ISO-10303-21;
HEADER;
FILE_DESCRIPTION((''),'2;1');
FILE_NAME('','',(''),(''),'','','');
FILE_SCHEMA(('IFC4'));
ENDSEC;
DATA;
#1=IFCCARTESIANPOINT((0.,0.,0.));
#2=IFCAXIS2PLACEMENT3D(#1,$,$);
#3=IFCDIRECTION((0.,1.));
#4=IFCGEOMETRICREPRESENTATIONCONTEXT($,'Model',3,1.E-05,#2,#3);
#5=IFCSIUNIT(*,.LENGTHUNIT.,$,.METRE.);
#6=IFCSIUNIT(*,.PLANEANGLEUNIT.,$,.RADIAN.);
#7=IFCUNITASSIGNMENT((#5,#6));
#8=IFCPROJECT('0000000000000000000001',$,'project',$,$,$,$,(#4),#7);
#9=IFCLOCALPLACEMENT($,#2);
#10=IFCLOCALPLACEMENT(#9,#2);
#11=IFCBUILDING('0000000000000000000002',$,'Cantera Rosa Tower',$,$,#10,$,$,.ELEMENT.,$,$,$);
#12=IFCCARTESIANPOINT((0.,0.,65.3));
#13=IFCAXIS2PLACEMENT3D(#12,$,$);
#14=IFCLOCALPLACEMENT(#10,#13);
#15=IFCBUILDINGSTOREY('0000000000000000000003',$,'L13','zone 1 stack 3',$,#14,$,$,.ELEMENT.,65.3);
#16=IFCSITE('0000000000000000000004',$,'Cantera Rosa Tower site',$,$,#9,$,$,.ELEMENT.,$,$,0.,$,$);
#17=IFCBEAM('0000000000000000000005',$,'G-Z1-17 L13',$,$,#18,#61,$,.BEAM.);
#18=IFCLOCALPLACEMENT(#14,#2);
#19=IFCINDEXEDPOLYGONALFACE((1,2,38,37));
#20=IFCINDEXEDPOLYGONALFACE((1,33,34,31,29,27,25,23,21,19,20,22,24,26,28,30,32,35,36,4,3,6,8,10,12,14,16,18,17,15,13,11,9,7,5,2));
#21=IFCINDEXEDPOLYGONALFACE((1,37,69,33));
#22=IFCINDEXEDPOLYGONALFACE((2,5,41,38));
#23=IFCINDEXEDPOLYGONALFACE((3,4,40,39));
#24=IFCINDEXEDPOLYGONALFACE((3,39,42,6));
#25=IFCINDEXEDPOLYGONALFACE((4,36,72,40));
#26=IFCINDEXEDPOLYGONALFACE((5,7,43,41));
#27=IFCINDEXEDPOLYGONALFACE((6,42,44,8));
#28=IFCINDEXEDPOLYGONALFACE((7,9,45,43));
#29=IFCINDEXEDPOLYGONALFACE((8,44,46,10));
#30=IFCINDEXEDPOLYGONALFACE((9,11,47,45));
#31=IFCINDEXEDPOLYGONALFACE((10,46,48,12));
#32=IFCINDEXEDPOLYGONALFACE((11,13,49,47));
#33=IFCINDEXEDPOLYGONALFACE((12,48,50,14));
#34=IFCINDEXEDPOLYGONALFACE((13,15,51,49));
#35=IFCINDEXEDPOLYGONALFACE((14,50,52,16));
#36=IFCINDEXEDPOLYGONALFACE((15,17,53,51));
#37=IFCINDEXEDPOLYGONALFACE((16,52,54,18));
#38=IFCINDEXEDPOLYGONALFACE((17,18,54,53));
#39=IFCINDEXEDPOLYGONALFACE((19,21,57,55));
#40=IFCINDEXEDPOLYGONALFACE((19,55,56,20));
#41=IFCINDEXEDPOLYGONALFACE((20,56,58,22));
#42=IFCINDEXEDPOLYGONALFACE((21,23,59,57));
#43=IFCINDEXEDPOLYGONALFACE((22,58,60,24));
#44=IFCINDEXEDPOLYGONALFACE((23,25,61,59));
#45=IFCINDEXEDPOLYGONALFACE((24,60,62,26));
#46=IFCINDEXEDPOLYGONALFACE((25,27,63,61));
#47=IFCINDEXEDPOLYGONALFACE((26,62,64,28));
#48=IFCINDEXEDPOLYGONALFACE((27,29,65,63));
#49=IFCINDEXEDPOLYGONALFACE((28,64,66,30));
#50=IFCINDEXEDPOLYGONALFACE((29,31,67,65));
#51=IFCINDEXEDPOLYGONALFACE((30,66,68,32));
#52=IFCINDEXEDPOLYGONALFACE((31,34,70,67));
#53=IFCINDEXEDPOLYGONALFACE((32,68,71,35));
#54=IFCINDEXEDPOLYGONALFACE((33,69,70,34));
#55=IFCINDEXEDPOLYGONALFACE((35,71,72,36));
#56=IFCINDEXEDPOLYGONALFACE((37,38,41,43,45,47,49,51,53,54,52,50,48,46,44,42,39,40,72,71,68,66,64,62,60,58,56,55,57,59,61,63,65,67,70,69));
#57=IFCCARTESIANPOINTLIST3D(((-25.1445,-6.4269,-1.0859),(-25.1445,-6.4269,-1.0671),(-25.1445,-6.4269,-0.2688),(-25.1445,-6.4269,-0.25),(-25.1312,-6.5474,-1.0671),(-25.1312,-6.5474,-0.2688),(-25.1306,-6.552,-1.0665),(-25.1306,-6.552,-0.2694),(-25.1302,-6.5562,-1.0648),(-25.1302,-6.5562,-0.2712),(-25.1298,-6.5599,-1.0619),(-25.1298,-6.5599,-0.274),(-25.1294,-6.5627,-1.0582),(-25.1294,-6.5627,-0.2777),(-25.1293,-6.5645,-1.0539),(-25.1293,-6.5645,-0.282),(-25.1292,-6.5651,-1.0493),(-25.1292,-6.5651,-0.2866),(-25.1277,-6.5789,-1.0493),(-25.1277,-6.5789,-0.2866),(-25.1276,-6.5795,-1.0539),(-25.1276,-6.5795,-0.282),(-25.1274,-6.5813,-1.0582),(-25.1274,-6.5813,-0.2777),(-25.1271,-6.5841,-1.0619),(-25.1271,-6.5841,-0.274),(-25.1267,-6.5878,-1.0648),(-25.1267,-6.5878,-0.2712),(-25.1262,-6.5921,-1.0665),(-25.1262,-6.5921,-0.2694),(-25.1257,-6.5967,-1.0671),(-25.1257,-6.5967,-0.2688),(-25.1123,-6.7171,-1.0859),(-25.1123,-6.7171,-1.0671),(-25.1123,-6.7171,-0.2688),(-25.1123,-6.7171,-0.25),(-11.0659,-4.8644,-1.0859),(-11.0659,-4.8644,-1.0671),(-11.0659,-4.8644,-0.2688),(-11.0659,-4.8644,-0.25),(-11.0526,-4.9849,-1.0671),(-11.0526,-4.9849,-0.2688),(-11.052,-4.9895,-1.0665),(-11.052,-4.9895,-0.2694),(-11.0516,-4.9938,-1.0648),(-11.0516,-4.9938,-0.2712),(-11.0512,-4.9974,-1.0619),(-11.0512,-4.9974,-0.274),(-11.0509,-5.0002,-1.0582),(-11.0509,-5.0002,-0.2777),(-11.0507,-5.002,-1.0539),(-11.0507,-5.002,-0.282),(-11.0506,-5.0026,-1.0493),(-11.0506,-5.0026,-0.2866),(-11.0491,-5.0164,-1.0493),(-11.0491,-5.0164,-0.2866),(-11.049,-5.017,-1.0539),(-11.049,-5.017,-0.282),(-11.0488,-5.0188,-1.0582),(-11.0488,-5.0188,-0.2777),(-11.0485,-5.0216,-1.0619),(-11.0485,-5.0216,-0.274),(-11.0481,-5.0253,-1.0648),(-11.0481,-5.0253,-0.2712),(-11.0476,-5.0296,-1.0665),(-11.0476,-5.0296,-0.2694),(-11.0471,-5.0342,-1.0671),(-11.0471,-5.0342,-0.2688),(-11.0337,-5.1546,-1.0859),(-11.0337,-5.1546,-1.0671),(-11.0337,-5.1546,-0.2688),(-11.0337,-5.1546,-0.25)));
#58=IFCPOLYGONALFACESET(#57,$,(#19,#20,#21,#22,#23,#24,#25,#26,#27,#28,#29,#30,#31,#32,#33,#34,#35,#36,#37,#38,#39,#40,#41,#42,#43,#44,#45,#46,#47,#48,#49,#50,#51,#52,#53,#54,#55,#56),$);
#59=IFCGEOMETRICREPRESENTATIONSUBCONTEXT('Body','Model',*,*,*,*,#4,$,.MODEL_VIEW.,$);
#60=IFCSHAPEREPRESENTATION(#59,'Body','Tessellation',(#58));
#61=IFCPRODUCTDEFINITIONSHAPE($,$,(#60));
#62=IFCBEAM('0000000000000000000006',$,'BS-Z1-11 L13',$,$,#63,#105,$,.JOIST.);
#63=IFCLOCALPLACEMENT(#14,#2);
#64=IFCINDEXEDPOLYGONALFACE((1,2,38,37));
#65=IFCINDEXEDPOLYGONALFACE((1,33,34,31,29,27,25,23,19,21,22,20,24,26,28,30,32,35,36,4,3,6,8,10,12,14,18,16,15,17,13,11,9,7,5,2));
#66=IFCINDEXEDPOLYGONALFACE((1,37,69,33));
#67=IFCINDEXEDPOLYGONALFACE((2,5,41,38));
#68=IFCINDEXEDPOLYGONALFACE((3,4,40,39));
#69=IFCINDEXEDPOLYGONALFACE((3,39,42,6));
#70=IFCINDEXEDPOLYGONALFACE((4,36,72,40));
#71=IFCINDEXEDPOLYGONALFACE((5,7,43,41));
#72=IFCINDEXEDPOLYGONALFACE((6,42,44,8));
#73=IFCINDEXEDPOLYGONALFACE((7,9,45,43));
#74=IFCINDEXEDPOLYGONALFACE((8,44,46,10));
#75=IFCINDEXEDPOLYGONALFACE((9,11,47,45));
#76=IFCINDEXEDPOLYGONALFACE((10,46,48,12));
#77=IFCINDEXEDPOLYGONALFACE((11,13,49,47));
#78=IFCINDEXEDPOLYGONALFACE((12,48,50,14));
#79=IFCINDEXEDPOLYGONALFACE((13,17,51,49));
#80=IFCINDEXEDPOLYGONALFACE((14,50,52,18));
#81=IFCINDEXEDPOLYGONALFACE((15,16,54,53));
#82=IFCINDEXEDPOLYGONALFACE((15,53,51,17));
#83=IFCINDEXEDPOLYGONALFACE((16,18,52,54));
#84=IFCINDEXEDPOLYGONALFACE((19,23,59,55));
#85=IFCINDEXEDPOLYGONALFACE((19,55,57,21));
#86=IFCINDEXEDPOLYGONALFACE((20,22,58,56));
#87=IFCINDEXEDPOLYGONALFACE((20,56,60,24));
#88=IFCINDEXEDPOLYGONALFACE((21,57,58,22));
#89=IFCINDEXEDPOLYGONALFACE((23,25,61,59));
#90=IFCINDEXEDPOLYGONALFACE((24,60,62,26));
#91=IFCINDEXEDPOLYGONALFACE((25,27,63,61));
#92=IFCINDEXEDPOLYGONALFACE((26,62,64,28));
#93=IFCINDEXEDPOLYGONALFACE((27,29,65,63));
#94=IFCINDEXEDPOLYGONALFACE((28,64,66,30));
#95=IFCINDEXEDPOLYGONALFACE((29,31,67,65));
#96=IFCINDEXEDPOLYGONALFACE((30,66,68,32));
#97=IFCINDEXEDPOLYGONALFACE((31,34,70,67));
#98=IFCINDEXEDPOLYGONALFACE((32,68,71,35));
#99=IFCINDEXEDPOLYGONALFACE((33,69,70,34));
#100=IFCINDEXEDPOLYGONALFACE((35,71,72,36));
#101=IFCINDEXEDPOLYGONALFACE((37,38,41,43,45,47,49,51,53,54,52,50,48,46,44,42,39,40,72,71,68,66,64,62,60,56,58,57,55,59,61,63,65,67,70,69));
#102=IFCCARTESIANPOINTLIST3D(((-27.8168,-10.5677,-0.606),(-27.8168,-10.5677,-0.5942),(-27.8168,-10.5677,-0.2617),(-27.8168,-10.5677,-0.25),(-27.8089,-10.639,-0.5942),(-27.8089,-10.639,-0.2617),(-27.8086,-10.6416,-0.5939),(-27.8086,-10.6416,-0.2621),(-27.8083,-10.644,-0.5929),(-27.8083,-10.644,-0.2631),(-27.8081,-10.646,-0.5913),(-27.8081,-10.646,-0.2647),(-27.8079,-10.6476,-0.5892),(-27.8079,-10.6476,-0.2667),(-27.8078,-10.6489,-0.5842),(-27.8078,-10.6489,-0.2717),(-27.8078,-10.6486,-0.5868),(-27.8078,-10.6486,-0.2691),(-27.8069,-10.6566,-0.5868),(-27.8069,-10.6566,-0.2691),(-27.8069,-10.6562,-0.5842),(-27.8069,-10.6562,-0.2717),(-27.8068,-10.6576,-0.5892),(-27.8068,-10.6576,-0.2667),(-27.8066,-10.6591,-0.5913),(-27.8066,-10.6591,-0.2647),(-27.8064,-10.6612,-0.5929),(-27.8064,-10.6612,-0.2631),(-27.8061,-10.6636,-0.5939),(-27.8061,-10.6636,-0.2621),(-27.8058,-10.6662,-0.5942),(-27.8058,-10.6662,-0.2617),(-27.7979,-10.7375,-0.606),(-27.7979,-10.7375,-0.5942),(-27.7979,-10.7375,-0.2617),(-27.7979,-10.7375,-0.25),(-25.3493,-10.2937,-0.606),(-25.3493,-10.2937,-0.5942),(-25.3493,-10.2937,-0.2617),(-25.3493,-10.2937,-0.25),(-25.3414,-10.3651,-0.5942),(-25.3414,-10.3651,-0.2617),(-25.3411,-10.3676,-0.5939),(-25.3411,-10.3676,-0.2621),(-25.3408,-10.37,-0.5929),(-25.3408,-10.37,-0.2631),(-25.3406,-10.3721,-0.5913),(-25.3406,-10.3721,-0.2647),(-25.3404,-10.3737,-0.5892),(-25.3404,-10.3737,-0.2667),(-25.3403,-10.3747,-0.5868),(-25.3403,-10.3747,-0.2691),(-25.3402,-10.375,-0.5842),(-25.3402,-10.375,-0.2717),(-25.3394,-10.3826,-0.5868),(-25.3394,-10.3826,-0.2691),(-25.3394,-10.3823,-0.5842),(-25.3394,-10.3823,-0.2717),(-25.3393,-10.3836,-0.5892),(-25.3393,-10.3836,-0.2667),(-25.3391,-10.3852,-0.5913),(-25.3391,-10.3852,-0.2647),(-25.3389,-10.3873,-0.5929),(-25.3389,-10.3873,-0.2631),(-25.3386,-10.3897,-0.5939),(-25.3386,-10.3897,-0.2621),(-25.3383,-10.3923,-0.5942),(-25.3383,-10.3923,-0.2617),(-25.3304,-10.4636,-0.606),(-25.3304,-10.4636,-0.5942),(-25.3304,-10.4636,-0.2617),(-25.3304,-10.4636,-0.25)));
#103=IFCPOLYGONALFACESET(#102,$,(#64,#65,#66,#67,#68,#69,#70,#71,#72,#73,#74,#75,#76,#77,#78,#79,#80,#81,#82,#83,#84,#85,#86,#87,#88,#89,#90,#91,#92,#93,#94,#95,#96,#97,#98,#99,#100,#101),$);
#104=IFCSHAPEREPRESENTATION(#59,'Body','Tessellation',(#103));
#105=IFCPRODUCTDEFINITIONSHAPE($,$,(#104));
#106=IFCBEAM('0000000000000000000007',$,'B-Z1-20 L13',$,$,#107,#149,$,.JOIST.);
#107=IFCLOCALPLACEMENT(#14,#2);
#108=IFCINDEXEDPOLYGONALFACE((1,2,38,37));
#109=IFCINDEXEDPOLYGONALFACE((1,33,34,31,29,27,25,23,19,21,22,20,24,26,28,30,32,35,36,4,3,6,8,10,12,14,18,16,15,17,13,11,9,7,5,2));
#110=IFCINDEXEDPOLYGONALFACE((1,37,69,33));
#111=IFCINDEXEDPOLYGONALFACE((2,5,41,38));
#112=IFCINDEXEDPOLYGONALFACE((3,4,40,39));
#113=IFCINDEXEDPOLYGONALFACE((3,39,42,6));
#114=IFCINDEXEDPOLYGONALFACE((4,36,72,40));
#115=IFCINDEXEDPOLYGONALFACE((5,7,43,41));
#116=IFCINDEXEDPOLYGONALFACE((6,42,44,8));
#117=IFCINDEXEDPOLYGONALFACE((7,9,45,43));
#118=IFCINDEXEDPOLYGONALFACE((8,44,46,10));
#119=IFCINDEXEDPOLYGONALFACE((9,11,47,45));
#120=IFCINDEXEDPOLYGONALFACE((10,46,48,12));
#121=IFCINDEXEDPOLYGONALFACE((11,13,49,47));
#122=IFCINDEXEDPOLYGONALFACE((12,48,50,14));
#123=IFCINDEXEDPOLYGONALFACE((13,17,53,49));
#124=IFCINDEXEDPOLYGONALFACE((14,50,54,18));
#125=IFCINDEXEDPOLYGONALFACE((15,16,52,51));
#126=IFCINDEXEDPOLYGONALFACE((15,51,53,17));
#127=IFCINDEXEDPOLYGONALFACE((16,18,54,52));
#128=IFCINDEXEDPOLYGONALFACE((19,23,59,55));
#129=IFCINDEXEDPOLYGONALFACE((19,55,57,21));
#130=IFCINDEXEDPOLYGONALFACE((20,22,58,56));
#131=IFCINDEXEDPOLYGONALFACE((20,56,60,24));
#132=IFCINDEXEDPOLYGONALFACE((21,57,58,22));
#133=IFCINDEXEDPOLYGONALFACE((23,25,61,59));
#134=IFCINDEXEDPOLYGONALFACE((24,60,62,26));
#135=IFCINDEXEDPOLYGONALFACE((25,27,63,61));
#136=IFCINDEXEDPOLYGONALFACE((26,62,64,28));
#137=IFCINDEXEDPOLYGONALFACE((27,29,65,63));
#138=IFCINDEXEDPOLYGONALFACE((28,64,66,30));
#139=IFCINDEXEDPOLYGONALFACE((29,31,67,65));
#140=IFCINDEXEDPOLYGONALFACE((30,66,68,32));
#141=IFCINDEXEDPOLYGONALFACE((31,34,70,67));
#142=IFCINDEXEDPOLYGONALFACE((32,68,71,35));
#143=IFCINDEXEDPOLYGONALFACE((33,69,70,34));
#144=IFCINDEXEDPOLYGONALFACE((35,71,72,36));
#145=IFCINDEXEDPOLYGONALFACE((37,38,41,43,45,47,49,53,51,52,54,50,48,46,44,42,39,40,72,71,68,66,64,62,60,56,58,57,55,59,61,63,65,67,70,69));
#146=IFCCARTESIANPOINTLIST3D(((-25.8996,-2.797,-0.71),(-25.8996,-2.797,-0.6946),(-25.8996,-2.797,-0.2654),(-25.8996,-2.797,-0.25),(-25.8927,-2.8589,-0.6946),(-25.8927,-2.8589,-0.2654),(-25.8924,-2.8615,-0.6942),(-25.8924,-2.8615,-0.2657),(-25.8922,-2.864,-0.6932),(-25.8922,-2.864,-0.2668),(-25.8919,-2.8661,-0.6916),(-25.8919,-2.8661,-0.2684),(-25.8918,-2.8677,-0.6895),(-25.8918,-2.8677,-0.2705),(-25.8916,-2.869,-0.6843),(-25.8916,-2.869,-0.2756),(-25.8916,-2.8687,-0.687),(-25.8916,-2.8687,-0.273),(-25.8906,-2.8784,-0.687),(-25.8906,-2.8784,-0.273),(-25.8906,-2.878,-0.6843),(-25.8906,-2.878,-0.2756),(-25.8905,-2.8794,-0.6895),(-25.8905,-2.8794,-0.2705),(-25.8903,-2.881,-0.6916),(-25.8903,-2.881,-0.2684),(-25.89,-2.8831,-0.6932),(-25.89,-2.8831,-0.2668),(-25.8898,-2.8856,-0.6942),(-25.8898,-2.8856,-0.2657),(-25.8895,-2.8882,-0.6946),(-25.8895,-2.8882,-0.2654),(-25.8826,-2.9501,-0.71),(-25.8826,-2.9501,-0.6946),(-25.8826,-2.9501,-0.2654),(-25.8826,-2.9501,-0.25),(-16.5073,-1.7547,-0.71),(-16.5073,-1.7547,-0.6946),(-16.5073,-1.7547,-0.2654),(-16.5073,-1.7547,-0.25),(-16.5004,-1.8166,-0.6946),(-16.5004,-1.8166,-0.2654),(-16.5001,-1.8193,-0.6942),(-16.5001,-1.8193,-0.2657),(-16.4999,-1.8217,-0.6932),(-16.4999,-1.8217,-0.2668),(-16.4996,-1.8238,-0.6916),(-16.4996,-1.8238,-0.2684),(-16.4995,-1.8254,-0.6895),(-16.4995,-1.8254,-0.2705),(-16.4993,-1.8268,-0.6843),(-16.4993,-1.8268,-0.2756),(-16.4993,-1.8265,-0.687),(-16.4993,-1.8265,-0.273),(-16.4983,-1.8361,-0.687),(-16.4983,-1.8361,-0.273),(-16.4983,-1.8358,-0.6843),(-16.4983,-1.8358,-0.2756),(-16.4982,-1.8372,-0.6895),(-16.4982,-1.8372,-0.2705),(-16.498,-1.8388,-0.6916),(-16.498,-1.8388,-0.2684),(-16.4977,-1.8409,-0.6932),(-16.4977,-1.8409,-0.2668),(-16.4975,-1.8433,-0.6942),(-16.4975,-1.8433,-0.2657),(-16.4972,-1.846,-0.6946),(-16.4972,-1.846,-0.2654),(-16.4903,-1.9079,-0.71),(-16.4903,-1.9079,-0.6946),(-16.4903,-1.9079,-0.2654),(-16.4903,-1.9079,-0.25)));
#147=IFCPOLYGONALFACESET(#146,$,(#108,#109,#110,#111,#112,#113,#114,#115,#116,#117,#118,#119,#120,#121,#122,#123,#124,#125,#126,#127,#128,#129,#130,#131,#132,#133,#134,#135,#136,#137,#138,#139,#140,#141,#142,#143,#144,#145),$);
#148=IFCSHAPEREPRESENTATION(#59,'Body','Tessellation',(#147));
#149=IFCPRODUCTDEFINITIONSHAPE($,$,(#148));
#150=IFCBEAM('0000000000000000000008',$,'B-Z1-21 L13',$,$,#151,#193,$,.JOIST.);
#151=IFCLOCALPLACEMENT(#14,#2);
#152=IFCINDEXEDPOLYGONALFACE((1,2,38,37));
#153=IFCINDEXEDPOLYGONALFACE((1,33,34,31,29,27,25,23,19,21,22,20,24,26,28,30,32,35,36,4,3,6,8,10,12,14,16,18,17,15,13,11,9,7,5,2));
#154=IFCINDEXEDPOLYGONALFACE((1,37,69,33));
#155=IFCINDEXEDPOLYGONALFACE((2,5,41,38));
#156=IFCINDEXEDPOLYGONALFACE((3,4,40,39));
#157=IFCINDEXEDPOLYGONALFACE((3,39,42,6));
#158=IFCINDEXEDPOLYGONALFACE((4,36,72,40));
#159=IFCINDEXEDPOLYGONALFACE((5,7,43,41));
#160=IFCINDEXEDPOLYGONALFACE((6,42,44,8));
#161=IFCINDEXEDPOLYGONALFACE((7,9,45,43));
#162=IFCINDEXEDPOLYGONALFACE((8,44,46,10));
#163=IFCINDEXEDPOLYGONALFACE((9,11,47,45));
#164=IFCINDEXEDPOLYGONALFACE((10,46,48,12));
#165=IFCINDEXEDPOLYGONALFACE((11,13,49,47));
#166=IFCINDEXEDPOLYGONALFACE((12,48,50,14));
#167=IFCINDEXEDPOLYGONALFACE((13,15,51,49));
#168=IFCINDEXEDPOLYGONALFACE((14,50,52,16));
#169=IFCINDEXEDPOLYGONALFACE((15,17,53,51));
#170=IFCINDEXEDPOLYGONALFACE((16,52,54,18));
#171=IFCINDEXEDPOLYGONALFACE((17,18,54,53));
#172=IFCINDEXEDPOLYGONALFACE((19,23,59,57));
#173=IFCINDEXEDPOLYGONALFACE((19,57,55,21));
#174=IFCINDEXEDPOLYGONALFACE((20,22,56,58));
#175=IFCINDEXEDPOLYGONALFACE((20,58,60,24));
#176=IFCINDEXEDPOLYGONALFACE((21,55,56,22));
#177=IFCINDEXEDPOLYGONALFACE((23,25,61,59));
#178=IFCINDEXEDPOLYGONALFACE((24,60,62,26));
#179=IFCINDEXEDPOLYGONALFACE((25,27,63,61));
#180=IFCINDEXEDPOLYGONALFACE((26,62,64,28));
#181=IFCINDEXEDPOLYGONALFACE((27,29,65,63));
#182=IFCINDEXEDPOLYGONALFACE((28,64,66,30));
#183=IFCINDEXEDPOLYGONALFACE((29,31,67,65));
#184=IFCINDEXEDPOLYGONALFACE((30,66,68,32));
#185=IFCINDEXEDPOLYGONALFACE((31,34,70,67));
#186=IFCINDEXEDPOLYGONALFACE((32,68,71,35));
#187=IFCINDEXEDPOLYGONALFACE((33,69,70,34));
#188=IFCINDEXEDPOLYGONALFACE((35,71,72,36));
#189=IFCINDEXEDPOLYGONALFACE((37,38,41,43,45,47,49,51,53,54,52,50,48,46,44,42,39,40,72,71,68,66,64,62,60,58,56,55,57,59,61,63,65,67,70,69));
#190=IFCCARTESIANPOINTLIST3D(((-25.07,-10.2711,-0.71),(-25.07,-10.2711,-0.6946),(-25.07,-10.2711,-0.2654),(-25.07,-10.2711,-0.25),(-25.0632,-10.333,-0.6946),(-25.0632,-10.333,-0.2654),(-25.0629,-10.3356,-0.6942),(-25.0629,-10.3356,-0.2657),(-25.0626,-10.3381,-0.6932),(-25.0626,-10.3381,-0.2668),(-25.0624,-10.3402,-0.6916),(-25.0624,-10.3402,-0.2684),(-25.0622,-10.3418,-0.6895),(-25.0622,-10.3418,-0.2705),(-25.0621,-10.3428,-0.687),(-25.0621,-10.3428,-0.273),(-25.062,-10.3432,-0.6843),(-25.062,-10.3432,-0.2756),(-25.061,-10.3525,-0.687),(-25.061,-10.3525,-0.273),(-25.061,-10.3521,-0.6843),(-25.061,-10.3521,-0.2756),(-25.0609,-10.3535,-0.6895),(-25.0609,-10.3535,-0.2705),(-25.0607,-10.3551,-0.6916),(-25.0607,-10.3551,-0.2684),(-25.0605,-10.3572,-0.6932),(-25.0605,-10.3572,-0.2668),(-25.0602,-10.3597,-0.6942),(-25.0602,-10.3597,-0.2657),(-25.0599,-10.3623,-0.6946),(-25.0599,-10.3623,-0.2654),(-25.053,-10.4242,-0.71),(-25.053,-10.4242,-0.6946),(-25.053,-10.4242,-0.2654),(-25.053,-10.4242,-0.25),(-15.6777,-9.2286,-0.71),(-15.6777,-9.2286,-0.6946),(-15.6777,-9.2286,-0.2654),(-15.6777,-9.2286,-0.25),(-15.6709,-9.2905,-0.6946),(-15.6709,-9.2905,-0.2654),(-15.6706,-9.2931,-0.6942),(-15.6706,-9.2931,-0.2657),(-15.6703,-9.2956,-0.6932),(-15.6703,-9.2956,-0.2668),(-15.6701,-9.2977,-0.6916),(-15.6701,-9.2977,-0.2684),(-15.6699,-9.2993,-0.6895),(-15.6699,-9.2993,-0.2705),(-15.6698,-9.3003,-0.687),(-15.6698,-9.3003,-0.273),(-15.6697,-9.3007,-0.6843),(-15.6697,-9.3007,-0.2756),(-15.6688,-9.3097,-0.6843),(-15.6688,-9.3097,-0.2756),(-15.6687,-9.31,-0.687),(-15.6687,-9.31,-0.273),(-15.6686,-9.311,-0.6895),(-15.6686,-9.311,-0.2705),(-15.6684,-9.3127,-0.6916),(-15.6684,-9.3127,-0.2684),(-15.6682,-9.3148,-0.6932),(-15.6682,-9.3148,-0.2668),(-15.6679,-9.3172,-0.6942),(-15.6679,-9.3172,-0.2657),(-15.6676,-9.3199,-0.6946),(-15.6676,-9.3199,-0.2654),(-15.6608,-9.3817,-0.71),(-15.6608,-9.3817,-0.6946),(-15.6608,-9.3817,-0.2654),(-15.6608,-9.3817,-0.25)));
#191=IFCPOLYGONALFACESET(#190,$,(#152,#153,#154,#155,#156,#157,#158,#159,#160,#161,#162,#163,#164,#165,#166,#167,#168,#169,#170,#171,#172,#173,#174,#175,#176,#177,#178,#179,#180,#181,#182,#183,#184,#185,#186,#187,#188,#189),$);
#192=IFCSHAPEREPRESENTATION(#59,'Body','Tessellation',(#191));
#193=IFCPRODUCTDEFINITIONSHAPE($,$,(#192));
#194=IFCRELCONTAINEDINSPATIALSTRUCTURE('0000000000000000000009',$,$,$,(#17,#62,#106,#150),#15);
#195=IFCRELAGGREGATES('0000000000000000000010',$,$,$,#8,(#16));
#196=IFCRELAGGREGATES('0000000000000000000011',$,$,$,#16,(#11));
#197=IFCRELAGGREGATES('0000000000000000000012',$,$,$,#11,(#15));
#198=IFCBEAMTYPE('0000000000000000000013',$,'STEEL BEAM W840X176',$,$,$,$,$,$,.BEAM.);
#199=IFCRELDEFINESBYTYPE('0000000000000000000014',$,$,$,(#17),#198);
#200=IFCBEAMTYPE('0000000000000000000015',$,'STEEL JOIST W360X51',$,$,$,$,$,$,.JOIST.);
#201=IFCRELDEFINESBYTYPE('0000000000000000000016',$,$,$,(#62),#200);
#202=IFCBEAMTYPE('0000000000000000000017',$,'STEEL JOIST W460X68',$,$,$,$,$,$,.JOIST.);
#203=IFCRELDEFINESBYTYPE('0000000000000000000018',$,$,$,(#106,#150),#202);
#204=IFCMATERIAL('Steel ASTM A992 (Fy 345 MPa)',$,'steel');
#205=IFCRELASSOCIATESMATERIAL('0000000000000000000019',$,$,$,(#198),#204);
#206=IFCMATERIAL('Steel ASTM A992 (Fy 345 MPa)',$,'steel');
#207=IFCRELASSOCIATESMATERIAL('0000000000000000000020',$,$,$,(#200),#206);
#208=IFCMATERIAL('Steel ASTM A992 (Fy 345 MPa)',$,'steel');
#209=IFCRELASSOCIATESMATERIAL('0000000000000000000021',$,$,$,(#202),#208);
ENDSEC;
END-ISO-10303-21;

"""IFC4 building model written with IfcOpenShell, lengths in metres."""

from ifc_helpers import new_model, si_unit, direction, frame, origin, origin_2d, place, context, subcontext, project, spatial, i_section, extrude, material, material_profile, profile_set, type_object, element, save


model = new_model("IFC4")

# Units and contexts
model_context = context("Model", 3, precision=1e-05, world=origin(), true_north=direction((0.0, 1.0)))
body_context = subcontext(model_context, "Body", "Model", "MODEL_VIEW")
ifc_project = project(units=[si_unit("LENGTHUNIT", "METRE"), si_unit("PLANEANGLEUNIT", "RADIAN")], contexts=[model_context])

# Site, building, storey
site_placement = place(None, origin())
site = spatial("IfcSite", under=ifc_project, at=site_placement, Name="Cantera Rosa Tower site", CompositionType="ELEMENT", RefElevation=0.0)
building_placement = place(site_placement, origin())
building = spatial("IfcBuilding", under=site, at=building_placement, Name="Cantera Rosa Tower", CompositionType="ELEMENT")
storey_placement = place(building_placement, frame((0.0, 0.0, 65.3)))
storey = spatial("IfcBuildingStorey", under=building, at=storey_placement, Name="L13", Description="zone 1 stack 3", CompositionType="ELEMENT", Elevation=65.3)

# Beams
ifc_material_1 = material(Name="Steel ASTM A992 (Fy 345 MPa)", Category="steel")
ifc_material_profile_1 = material_profile(ifc_material_1, i_section(OverallWidth=0.292, OverallDepth=0.8359, WebThickness=0.0139, FlangeThickness=0.0188, FilletRadius=0.0178, at=origin_2d()), Name="W840X176")
ifc_profile_set_1 = profile_set([ifc_material_profile_1], Name="Steel ASTM A992 (Fy 345 MPa)")
beam_type_1 = type_object("IfcBeamType", Name="STEEL BEAM W840X176", PredefinedType="BEAM", material=ifc_profile_set_1)
beam_1_placement = place(storey_placement, frame((-25.1284, -6.572, -0.668), z_axis=(0.993898, 0.110307, 0.0), x_axis=(-0.110307, 0.993898, 0.0)))
element("IfcBeam", 1, at=beam_1_placement, inside=storey, type_object=beam_type_1, Name="G-Z1-17 L13", PredefinedType="BEAM", context=body_context, shape_type="SweptSolid", body=[
    extrude(i_section(OverallWidth=0.292, OverallDepth=0.8359, WebThickness=0.0139, FlangeThickness=0.0188, FilletRadius=0.0178, at=origin_2d()), origin(), (0.0, 0.0, 1.0), 14.165),
])
ifc_material_2 = material(Name="Steel ASTM A992 (Fy 345 MPa)", Category="steel")
ifc_material_profile_2 = material_profile(ifc_material_2, i_section(OverallWidth=0.1709, OverallDepth=0.356, WebThickness=0.0073, FlangeThickness=0.0117, FilletRadius=0.01, at=origin_2d()), Name="W360X51")
ifc_profile_set_2 = profile_set([ifc_material_profile_2], Name="Steel ASTM A992 (Fy 345 MPa)")
beam_type_2 = type_object("IfcBeamType", Name="STEEL JOIST W360X51", PredefinedType="JOIST", material=ifc_profile_set_2)
beam_2_placement = place(storey_placement, frame((-25.3398, -10.3787, -0.428), z_axis=(-0.993895, -0.110334, 0.0), x_axis=(0.110334, -0.993895, 0.0)))
element("IfcBeam", 2, at=beam_2_placement, inside=storey, type_object=beam_type_2, Name="BS-Z1-11 L13", PredefinedType="JOIST", context=body_context, shape_type="SweptSolid", body=[
    extrude(i_section(OverallWidth=0.1709, OverallDepth=0.356, WebThickness=0.0073, FlangeThickness=0.0117, FilletRadius=0.01, at=origin_2d()), origin(), (0.0, 0.0, 1.0), 2.4827),
])
ifc_material_3 = material(Name="Steel ASTM A992 (Fy 345 MPa)", Category="steel")
ifc_material_profile_3 = material_profile(ifc_material_3, i_section(OverallWidth=0.1541, OverallDepth=0.46, WebThickness=0.009, FlangeThickness=0.0154, FilletRadius=0.0103, at=origin_2d()), Name="W460X68")
ifc_profile_set_3 = profile_set([ifc_material_profile_3], Name="Steel ASTM A992 (Fy 345 MPa)")
beam_type_3 = type_object("IfcBeamType", Name="STEEL JOIST W460X68", PredefinedType="JOIST", material=ifc_profile_set_3)
for number, where, z_axis, x_axis, name in (
    (3, (-25.8911, -2.8735, -0.48), (0.993899, 0.11029, 0.0), (-0.11029, 0.993899, 0.0), "B-Z1-20 L13"),
    (4, (-25.0615, -10.3477, -0.48), (0.993897, 0.110315, 0.0), (-0.110315, 0.993897, 0.0), "B-Z1-21 L13"),
):
    element("IfcBeam", number, at=place(storey_placement, frame(where, z_axis=z_axis, x_axis=x_axis)), inside=storey, type_object=beam_type_3, Name=name, PredefinedType="JOIST", context=body_context, shape_type="SweptSolid", body=[
        extrude(i_section(OverallWidth=0.1541, OverallDepth=0.46, WebThickness=0.009, FlangeThickness=0.0154, FilletRadius=0.0103, at=origin_2d()), origin(), (0.0, 0.0, 1.0), 9.45),
    ])

save(model, "model.ifc")
